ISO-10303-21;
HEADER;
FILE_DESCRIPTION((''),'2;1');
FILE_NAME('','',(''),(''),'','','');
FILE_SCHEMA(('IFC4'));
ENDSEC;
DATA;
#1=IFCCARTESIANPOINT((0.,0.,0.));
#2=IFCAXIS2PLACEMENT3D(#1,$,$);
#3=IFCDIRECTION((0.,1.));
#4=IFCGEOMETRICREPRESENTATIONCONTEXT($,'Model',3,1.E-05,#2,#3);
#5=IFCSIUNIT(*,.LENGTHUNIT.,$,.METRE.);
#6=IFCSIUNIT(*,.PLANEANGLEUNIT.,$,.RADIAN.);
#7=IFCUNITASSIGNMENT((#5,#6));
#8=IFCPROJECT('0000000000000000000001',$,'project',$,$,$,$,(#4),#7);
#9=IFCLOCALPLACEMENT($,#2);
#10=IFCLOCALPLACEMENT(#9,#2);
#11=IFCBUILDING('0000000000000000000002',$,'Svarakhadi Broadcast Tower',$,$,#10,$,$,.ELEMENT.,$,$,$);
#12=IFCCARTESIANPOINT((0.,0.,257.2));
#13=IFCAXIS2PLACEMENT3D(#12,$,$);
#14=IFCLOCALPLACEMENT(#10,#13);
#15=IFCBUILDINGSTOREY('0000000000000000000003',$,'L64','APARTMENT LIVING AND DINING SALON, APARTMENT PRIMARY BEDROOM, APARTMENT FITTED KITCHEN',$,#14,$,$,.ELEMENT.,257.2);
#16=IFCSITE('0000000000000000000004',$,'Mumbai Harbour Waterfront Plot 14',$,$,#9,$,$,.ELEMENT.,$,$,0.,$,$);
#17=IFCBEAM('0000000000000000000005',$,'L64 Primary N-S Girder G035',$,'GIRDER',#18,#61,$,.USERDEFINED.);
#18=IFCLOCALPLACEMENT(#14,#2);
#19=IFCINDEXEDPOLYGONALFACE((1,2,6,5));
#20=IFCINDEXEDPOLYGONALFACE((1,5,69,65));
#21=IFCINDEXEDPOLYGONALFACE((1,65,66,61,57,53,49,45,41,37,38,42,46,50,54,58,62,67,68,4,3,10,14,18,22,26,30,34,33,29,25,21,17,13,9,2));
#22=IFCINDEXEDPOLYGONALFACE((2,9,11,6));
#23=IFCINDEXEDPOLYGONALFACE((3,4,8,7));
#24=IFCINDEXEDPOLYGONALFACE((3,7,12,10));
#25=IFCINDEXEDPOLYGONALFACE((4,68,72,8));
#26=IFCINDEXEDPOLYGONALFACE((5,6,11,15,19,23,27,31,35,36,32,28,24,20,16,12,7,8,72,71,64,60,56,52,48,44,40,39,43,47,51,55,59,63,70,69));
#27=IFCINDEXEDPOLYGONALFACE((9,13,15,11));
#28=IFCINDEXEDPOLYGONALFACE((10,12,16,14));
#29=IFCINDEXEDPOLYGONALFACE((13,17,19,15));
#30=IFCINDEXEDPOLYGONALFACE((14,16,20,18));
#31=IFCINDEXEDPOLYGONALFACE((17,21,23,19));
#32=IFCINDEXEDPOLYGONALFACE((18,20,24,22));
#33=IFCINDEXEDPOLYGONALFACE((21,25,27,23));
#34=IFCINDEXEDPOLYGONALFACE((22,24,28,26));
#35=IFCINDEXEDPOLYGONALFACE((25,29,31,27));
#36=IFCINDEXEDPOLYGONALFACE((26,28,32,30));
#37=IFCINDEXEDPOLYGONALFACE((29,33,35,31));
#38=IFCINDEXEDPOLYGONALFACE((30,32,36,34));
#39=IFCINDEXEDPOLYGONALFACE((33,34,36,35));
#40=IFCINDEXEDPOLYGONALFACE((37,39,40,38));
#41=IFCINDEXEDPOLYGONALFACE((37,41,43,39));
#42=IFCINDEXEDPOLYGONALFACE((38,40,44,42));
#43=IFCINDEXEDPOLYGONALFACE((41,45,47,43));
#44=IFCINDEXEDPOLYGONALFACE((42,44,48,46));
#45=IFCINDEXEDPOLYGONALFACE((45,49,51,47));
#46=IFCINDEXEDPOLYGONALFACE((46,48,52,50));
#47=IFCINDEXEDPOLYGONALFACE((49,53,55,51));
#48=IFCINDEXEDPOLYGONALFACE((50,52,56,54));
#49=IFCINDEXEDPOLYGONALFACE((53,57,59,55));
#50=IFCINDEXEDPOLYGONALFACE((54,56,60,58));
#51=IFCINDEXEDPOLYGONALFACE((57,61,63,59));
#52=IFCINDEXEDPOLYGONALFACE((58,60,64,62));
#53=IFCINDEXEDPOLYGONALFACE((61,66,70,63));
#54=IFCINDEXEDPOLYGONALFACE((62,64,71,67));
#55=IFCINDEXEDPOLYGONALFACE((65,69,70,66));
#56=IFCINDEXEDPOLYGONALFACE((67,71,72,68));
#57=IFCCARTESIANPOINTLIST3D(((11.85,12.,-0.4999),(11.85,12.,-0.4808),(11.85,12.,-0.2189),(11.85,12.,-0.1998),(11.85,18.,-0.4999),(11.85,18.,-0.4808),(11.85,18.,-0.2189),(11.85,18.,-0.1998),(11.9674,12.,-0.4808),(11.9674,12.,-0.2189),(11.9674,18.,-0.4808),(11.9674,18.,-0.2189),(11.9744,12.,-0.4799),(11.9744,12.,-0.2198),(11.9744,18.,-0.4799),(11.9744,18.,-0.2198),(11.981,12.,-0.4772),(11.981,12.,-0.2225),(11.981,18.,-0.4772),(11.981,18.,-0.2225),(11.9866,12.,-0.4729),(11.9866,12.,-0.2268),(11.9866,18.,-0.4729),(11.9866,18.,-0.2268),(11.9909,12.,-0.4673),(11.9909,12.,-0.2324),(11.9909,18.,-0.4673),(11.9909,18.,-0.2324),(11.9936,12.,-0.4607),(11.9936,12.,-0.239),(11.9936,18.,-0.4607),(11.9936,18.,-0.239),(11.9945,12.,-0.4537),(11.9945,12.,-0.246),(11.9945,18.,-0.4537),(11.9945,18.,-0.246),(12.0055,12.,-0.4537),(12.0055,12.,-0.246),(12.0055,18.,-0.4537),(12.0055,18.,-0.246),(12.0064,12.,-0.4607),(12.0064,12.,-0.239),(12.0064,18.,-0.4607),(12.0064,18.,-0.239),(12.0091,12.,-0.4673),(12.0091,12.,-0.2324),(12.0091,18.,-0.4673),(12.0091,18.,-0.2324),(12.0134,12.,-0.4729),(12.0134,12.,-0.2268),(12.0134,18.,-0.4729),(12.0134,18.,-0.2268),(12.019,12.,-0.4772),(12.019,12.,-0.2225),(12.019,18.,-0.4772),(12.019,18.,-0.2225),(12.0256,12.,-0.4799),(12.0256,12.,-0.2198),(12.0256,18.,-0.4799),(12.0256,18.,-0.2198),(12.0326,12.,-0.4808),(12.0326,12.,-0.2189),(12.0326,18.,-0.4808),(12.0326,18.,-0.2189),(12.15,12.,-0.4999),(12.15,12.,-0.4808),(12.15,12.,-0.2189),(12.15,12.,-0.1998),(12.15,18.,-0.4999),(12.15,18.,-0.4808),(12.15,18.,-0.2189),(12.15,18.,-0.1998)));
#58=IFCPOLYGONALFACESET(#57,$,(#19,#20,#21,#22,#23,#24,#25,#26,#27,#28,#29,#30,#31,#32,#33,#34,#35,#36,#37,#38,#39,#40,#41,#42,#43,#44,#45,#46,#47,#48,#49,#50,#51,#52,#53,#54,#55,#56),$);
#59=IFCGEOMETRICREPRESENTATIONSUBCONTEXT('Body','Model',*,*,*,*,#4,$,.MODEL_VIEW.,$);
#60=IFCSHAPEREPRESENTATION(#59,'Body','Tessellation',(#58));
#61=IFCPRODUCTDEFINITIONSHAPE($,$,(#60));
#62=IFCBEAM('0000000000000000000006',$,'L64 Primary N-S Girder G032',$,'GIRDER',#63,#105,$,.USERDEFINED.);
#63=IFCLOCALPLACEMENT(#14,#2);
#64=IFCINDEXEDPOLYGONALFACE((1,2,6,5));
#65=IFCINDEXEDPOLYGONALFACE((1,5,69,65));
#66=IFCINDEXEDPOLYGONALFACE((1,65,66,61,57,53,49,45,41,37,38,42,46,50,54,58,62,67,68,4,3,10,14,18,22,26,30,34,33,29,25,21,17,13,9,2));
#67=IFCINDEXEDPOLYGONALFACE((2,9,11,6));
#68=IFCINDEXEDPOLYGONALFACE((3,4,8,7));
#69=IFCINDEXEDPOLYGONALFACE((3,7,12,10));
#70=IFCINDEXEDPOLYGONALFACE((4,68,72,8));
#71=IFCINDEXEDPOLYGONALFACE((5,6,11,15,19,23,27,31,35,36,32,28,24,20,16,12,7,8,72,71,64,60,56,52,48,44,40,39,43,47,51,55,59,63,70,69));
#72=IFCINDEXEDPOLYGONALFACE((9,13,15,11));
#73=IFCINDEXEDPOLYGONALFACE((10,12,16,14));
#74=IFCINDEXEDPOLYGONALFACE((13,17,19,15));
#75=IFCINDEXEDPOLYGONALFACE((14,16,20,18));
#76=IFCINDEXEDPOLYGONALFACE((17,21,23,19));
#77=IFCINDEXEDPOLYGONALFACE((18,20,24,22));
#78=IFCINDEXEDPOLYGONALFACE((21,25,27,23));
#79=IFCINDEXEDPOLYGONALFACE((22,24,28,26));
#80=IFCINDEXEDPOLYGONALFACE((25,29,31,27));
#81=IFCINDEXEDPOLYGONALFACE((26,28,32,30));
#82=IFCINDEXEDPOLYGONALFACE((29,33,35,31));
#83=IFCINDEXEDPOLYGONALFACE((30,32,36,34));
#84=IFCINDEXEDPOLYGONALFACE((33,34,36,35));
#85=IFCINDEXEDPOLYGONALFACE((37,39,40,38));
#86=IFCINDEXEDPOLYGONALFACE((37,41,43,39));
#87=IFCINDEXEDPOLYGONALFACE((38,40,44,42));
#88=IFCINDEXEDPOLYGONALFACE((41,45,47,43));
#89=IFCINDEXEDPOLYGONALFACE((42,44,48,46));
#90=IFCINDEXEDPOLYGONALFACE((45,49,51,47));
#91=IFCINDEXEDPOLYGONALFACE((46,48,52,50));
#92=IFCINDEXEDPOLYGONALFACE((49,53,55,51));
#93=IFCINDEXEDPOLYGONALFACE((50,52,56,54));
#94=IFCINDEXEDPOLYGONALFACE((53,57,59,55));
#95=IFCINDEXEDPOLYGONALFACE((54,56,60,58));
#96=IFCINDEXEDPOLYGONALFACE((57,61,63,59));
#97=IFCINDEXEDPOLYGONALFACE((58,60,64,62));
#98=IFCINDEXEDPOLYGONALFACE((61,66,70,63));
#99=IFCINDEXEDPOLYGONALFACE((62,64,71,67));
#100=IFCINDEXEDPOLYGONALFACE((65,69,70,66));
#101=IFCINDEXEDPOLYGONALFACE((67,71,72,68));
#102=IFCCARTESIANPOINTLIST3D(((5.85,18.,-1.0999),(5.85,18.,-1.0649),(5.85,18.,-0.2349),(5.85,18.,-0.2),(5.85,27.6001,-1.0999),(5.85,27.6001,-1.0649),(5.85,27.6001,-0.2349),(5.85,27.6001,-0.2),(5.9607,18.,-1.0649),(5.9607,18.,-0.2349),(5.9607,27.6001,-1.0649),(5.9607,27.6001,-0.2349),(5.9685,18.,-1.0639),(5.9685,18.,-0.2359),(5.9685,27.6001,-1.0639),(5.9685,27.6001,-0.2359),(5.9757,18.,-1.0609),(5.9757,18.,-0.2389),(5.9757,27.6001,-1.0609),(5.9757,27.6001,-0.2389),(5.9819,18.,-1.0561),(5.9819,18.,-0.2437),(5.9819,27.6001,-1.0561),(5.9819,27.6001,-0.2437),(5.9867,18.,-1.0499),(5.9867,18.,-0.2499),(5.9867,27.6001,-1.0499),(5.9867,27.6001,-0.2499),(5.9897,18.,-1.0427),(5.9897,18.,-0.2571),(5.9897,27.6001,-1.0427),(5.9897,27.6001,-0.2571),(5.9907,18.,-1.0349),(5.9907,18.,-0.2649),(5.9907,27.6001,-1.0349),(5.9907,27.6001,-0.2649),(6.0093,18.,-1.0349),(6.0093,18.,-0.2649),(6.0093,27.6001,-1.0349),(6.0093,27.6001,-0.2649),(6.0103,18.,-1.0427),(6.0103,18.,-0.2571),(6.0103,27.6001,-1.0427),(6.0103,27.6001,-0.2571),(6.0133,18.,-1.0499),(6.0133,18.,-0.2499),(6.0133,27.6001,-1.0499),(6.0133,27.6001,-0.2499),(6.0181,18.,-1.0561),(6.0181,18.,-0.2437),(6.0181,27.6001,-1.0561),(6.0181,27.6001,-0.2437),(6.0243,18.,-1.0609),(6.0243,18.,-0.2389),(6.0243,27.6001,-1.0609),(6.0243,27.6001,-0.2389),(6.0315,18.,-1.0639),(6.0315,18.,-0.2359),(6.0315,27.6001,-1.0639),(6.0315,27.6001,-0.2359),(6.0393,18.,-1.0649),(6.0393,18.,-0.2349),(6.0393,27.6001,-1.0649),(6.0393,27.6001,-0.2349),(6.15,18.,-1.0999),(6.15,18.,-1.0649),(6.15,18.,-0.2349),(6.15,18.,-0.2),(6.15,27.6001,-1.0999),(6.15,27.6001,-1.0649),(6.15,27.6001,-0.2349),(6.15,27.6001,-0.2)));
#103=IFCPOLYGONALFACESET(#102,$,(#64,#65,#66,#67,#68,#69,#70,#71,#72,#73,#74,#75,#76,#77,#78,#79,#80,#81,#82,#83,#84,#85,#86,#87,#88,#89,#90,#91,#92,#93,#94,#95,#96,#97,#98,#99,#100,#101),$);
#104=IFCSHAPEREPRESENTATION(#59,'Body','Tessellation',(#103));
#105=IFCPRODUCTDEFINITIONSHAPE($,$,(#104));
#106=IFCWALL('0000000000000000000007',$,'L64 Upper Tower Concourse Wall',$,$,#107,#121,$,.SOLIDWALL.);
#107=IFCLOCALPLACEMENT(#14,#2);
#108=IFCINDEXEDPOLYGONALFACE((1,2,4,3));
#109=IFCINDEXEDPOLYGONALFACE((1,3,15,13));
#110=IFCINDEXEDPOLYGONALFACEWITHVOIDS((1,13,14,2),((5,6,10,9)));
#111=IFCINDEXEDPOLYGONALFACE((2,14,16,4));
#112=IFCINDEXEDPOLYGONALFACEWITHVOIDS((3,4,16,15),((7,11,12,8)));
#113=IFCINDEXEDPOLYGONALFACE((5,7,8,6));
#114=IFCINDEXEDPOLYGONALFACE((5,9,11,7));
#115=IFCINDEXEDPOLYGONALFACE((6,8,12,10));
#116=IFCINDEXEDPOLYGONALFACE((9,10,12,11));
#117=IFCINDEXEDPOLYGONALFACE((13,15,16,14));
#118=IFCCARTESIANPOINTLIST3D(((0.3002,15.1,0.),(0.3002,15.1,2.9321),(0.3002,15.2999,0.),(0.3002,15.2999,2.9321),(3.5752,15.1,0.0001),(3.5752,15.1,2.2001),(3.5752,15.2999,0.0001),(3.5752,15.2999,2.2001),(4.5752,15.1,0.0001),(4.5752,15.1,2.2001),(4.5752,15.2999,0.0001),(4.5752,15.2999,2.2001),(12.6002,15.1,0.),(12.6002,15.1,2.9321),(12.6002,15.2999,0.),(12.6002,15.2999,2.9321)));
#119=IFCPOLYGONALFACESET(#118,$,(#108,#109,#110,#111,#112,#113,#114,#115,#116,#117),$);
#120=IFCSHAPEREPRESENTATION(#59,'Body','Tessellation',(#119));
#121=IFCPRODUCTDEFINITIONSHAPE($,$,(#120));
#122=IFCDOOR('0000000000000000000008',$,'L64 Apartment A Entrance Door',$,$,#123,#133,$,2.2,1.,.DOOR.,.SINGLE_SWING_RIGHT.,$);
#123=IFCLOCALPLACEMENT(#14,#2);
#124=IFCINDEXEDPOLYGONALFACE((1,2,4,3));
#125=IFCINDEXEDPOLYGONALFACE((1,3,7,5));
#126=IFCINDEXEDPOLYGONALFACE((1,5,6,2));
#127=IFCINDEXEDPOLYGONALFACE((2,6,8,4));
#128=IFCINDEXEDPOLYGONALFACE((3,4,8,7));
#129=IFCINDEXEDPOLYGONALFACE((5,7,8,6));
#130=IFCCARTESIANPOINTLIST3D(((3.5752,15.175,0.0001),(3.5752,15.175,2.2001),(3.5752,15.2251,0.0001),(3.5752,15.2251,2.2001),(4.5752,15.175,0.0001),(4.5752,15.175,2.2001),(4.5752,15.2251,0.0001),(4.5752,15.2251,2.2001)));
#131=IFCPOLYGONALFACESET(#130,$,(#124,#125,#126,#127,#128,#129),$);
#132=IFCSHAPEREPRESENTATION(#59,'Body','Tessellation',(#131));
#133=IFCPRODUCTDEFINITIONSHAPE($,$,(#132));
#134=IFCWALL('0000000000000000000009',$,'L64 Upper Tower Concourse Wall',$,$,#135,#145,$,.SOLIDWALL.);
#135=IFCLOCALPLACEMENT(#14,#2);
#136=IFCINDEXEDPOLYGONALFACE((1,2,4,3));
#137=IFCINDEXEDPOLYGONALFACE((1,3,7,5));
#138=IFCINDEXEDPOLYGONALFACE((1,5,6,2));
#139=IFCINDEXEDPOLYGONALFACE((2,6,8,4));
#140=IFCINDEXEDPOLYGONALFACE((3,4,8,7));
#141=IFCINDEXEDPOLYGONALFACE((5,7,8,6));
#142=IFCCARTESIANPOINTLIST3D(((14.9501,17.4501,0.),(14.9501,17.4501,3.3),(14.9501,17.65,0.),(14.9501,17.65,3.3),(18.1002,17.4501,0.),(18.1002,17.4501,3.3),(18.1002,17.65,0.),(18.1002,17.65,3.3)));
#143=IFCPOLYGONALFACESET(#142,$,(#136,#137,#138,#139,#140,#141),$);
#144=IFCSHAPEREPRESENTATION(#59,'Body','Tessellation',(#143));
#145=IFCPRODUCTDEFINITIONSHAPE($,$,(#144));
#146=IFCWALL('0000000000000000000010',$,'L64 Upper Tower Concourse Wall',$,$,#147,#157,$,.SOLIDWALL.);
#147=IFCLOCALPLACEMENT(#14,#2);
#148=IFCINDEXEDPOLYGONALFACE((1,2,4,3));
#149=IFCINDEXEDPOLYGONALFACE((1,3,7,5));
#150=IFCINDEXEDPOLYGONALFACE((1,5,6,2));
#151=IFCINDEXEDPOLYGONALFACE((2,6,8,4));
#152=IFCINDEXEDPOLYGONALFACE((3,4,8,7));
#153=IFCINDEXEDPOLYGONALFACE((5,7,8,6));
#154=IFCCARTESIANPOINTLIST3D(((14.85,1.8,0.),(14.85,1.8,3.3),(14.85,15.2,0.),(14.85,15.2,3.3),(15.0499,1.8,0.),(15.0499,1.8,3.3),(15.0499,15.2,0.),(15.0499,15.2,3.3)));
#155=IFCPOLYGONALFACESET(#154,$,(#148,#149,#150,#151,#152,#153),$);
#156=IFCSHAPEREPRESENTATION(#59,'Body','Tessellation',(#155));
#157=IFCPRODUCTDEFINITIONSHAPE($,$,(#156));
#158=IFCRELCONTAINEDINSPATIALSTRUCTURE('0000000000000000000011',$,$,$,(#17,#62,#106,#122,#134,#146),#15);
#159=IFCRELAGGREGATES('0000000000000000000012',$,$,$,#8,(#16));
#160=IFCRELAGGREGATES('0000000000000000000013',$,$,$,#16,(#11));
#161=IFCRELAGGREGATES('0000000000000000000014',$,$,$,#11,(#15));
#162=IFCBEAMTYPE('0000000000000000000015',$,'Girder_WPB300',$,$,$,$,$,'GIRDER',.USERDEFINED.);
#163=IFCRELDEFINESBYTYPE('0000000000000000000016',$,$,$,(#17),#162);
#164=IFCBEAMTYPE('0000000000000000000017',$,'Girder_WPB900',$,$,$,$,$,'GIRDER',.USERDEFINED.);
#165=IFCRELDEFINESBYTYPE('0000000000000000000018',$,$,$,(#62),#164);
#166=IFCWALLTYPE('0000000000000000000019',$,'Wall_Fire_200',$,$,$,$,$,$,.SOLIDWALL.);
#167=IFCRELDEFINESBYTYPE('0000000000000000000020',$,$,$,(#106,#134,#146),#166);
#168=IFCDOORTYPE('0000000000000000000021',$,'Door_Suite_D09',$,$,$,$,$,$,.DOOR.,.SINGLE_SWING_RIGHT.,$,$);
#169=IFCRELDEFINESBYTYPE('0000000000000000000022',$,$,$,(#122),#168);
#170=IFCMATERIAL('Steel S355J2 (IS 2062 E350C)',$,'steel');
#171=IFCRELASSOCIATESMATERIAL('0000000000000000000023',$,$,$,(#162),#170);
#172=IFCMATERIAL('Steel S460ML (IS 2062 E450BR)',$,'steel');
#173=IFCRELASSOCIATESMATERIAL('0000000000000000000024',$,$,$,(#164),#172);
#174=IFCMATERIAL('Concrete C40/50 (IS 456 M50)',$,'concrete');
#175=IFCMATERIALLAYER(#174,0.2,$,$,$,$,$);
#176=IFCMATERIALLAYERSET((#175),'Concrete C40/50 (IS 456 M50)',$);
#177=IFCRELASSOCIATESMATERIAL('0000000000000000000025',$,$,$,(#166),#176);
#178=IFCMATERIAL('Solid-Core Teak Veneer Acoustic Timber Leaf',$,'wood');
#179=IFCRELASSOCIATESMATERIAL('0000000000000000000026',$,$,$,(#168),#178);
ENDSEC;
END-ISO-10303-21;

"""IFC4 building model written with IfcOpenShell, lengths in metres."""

from ifc_helpers import new_model, si_unit, direction, frame, frame_2d, origin, origin_2d, place, context, subcontext, project, spatial, rectangle, i_section, extrude, material, layer, layer_set, material_profile, profile_set, type_object, element, fill, save


model = new_model("IFC4")

# Units and contexts
model_context = context("Model", 3, precision=1e-05, world=origin(), true_north=direction((0.0, 1.0)))
body_context = subcontext(model_context, "Body", "Model", "MODEL_VIEW")
ifc_project = project(units=[si_unit("LENGTHUNIT", "METRE"), si_unit("PLANEANGLEUNIT", "RADIAN")], contexts=[model_context])

# Site, building, storey
site_placement = place(None, origin())
site = spatial("IfcSite", under=ifc_project, at=site_placement, Name="Mumbai Harbour Waterfront Plot 14", CompositionType="ELEMENT", RefElevation=0.0)
building_placement = place(site_placement, origin())
building = spatial("IfcBuilding", under=site, at=building_placement, Name="Svarakhadi Broadcast Tower", CompositionType="ELEMENT")
storey_placement = place(building_placement, frame((0.0, 0.0, 257.2)))
storey = spatial("IfcBuildingStorey", under=building, at=storey_placement, Name="L64", Description="APARTMENT LIVING AND DINING SALON, APARTMENT PRIMARY BEDROOM, APARTMENT FITTED KITCHEN", CompositionType="ELEMENT", Elevation=257.2)

# Shared definitions
ifc_material_1 = material(Name="Steel S460ML (IS 2062 E450BR)", Category="steel")

# Beams
ifc_material_2 = material(Name="Steel S355J2 (IS 2062 E350C)", Category="steel")
ifc_material_profile_1 = material_profile(ifc_material_2, i_section(OverallWidth=0.3, OverallDepth=0.3, WebThickness=0.011, FlangeThickness=0.019, FilletRadius=0.0271, at=origin_2d()), Name="WPB 300x300x117")
ifc_profile_set_1 = profile_set([ifc_material_profile_1], Name="Steel S355J2 (IS 2062 E350C)")
beam_type_1 = type_object("IfcBeamType", Name="Girder_WPB300", ElementType="GIRDER", PredefinedType="USERDEFINED", material=ifc_profile_set_1)
for number, where, z_axis, x_axis, name in (
    (1, (12.0, 12.0, -0.3499), (0.0, 1.0, 0.0), (-1.0, 0.0, 0.0), "L64 Primary N-S Girder G035"),
):
    element("IfcBeam", number, at=place(storey_placement, frame(where, z_axis=z_axis, x_axis=x_axis)), inside=storey, type_object=beam_type_1, Name=name, ObjectType="GIRDER", PredefinedType="USERDEFINED", context=body_context, shape_type="SweptSolid", body=[
        extrude(i_section(OverallWidth=0.3, OverallDepth=0.3, WebThickness=0.011, FlangeThickness=0.019, FilletRadius=0.0271, at=origin_2d()), origin(), (0.0, 0.0, 1.0), 6.0),
    ])
ifc_material_profile_2 = material_profile(ifc_material_1, i_section(OverallWidth=0.3, OverallDepth=0.8999, WebThickness=0.0186, FlangeThickness=0.0349, FilletRadius=0.03, at=origin_2d()), Name="WPB 900x300x291")
ifc_profile_set_2 = profile_set([ifc_material_profile_2], Name="Steel S460ML (IS 2062 E450BR)")
beam_type_2 = type_object("IfcBeamType", Name="Girder_WPB900", ElementType="GIRDER", PredefinedType="USERDEFINED", material=ifc_profile_set_2)
beam_1_placement = place(storey_placement, frame((6.0, 18.0, -0.6499), z_axis=(0.0, 1.0, 0.0), x_axis=(-1.0, 0.0, 0.0)))
element("IfcBeam", 2, at=beam_1_placement, inside=storey, type_object=beam_type_2, Name="L64 Primary N-S Girder G032", ObjectType="GIRDER", PredefinedType="USERDEFINED", context=body_context, shape_type="SweptSolid", body=[
    extrude(i_section(OverallWidth=0.3, OverallDepth=0.8999, WebThickness=0.0186, FlangeThickness=0.0349, FilletRadius=0.03, at=origin_2d()), origin(), (0.0, 0.0, 1.0), 9.6001),
])

# Wall, opening, door
ifc_material_3 = material(Name="Concrete C40/50 (IS 456 M50)", Category="concrete")
ifc_layer_1 = layer(ifc_material_3, 0.2)
ifc_layer_set_1 = layer_set([ifc_layer_1], Name="Concrete C40/50 (IS 456 M50)")
wall_type_1 = type_object("IfcWallType", Name="Wall_Fire_200", PredefinedType="SOLIDWALL", material=ifc_layer_set_1)
wall_1_placement = place(storey_placement, frame((12.6001, 15.2, 0.0), z_axis=(0.0, 0.0, 1.0), x_axis=(-1.0, 0.0, 0.0)))
wall_1 = element("IfcWall", 3, at=wall_1_placement, inside=storey, type_object=wall_type_1, Name="L64 Upper Tower Concourse Wall", PredefinedType="SOLIDWALL", context=body_context, shape_type="SweptSolid", body=[
    extrude(rectangle(XDim=12.3, YDim=0.2, at=frame_2d((6.1499, 0.0))), origin(), (0.0, 0.0, 1.0), 2.9321),
])
opening_1_placement = place(wall_1_placement, frame((8.0249, 0.0, 0.0)))
opening_1 = element("IfcOpeningElement", 4, at=opening_1_placement, cuts=wall_1, PredefinedType="OPENING", context=body_context, shape_type="SweptSolid", body=[
    extrude(rectangle(XDim=1.0, YDim=2.2, at=frame_2d((0.5, 1.1001))), frame((0.0, 0.1099, 0.0), z_axis=(0.0, -1.0, 0.0), x_axis=(1.0, 0.0, 0.0)), (0.0, 0.0, 1.0), 0.22),
])
ifc_material_4 = material(Name="Solid-Core Teak Veneer Acoustic Timber Leaf", Category="wood")
door_type_1 = type_object("IfcDoorType", Name="Door_Suite_D09", OperationType="SINGLE_SWING_RIGHT", PredefinedType="DOOR", material=ifc_material_4)
door_1_placement = place(opening_1_placement, origin())
door_1 = element("IfcDoor", 5, at=door_1_placement, inside=storey, type_object=door_type_1, Name="L64 Apartment A Entrance Door", OperationType="SINGLE_SWING_RIGHT", OverallHeight=2.2, OverallWidth=1.0, PredefinedType="DOOR", context=body_context, shape_type="SweptSolid", body=[
    extrude(rectangle(XDim=1.0, YDim=2.2, at=frame_2d((0.5, 1.1001))), frame((0.0, 0.0249, 0.0), z_axis=(0.0, -1.0, 0.0), x_axis=(1.0, 0.0, 0.0)), (0.0, 0.0, 1.0), 0.05),
])
fill(opening_1, door_1)

# Walls
wall_2_placement = place(storey_placement, frame((14.95, 17.55, 0.0), z_axis=(0.0, 0.0, 1.0), x_axis=(1.0, 0.0, 0.0)))
element("IfcWall", 6, at=wall_2_placement, inside=storey, type_object=wall_type_1, Name="L64 Upper Tower Concourse Wall", PredefinedType="SOLIDWALL", context=body_context, shape_type="SweptSolid", body=[
    extrude(rectangle(XDim=3.1501, YDim=0.2, at=frame_2d((1.5752, 0.0))), origin(), (0.0, 0.0, 1.0), 3.3),
])
wall_3_placement = place(storey_placement, frame((14.95, 15.2, 0.0), z_axis=(0.0, 0.0, 1.0), x_axis=(0.0, -1.0, 0.0)))
element("IfcWall", 7, at=wall_3_placement, inside=storey, type_object=wall_type_1, Name="L64 Upper Tower Concourse Wall", PredefinedType="SOLIDWALL", context=body_context, shape_type="SweptSolid", body=[
    extrude(rectangle(XDim=13.3999, YDim=0.2, at=frame_2d((6.7, 0.0))), origin(), (0.0, 0.0, 1.0), 3.3),
])

save(model, "model.ifc")
